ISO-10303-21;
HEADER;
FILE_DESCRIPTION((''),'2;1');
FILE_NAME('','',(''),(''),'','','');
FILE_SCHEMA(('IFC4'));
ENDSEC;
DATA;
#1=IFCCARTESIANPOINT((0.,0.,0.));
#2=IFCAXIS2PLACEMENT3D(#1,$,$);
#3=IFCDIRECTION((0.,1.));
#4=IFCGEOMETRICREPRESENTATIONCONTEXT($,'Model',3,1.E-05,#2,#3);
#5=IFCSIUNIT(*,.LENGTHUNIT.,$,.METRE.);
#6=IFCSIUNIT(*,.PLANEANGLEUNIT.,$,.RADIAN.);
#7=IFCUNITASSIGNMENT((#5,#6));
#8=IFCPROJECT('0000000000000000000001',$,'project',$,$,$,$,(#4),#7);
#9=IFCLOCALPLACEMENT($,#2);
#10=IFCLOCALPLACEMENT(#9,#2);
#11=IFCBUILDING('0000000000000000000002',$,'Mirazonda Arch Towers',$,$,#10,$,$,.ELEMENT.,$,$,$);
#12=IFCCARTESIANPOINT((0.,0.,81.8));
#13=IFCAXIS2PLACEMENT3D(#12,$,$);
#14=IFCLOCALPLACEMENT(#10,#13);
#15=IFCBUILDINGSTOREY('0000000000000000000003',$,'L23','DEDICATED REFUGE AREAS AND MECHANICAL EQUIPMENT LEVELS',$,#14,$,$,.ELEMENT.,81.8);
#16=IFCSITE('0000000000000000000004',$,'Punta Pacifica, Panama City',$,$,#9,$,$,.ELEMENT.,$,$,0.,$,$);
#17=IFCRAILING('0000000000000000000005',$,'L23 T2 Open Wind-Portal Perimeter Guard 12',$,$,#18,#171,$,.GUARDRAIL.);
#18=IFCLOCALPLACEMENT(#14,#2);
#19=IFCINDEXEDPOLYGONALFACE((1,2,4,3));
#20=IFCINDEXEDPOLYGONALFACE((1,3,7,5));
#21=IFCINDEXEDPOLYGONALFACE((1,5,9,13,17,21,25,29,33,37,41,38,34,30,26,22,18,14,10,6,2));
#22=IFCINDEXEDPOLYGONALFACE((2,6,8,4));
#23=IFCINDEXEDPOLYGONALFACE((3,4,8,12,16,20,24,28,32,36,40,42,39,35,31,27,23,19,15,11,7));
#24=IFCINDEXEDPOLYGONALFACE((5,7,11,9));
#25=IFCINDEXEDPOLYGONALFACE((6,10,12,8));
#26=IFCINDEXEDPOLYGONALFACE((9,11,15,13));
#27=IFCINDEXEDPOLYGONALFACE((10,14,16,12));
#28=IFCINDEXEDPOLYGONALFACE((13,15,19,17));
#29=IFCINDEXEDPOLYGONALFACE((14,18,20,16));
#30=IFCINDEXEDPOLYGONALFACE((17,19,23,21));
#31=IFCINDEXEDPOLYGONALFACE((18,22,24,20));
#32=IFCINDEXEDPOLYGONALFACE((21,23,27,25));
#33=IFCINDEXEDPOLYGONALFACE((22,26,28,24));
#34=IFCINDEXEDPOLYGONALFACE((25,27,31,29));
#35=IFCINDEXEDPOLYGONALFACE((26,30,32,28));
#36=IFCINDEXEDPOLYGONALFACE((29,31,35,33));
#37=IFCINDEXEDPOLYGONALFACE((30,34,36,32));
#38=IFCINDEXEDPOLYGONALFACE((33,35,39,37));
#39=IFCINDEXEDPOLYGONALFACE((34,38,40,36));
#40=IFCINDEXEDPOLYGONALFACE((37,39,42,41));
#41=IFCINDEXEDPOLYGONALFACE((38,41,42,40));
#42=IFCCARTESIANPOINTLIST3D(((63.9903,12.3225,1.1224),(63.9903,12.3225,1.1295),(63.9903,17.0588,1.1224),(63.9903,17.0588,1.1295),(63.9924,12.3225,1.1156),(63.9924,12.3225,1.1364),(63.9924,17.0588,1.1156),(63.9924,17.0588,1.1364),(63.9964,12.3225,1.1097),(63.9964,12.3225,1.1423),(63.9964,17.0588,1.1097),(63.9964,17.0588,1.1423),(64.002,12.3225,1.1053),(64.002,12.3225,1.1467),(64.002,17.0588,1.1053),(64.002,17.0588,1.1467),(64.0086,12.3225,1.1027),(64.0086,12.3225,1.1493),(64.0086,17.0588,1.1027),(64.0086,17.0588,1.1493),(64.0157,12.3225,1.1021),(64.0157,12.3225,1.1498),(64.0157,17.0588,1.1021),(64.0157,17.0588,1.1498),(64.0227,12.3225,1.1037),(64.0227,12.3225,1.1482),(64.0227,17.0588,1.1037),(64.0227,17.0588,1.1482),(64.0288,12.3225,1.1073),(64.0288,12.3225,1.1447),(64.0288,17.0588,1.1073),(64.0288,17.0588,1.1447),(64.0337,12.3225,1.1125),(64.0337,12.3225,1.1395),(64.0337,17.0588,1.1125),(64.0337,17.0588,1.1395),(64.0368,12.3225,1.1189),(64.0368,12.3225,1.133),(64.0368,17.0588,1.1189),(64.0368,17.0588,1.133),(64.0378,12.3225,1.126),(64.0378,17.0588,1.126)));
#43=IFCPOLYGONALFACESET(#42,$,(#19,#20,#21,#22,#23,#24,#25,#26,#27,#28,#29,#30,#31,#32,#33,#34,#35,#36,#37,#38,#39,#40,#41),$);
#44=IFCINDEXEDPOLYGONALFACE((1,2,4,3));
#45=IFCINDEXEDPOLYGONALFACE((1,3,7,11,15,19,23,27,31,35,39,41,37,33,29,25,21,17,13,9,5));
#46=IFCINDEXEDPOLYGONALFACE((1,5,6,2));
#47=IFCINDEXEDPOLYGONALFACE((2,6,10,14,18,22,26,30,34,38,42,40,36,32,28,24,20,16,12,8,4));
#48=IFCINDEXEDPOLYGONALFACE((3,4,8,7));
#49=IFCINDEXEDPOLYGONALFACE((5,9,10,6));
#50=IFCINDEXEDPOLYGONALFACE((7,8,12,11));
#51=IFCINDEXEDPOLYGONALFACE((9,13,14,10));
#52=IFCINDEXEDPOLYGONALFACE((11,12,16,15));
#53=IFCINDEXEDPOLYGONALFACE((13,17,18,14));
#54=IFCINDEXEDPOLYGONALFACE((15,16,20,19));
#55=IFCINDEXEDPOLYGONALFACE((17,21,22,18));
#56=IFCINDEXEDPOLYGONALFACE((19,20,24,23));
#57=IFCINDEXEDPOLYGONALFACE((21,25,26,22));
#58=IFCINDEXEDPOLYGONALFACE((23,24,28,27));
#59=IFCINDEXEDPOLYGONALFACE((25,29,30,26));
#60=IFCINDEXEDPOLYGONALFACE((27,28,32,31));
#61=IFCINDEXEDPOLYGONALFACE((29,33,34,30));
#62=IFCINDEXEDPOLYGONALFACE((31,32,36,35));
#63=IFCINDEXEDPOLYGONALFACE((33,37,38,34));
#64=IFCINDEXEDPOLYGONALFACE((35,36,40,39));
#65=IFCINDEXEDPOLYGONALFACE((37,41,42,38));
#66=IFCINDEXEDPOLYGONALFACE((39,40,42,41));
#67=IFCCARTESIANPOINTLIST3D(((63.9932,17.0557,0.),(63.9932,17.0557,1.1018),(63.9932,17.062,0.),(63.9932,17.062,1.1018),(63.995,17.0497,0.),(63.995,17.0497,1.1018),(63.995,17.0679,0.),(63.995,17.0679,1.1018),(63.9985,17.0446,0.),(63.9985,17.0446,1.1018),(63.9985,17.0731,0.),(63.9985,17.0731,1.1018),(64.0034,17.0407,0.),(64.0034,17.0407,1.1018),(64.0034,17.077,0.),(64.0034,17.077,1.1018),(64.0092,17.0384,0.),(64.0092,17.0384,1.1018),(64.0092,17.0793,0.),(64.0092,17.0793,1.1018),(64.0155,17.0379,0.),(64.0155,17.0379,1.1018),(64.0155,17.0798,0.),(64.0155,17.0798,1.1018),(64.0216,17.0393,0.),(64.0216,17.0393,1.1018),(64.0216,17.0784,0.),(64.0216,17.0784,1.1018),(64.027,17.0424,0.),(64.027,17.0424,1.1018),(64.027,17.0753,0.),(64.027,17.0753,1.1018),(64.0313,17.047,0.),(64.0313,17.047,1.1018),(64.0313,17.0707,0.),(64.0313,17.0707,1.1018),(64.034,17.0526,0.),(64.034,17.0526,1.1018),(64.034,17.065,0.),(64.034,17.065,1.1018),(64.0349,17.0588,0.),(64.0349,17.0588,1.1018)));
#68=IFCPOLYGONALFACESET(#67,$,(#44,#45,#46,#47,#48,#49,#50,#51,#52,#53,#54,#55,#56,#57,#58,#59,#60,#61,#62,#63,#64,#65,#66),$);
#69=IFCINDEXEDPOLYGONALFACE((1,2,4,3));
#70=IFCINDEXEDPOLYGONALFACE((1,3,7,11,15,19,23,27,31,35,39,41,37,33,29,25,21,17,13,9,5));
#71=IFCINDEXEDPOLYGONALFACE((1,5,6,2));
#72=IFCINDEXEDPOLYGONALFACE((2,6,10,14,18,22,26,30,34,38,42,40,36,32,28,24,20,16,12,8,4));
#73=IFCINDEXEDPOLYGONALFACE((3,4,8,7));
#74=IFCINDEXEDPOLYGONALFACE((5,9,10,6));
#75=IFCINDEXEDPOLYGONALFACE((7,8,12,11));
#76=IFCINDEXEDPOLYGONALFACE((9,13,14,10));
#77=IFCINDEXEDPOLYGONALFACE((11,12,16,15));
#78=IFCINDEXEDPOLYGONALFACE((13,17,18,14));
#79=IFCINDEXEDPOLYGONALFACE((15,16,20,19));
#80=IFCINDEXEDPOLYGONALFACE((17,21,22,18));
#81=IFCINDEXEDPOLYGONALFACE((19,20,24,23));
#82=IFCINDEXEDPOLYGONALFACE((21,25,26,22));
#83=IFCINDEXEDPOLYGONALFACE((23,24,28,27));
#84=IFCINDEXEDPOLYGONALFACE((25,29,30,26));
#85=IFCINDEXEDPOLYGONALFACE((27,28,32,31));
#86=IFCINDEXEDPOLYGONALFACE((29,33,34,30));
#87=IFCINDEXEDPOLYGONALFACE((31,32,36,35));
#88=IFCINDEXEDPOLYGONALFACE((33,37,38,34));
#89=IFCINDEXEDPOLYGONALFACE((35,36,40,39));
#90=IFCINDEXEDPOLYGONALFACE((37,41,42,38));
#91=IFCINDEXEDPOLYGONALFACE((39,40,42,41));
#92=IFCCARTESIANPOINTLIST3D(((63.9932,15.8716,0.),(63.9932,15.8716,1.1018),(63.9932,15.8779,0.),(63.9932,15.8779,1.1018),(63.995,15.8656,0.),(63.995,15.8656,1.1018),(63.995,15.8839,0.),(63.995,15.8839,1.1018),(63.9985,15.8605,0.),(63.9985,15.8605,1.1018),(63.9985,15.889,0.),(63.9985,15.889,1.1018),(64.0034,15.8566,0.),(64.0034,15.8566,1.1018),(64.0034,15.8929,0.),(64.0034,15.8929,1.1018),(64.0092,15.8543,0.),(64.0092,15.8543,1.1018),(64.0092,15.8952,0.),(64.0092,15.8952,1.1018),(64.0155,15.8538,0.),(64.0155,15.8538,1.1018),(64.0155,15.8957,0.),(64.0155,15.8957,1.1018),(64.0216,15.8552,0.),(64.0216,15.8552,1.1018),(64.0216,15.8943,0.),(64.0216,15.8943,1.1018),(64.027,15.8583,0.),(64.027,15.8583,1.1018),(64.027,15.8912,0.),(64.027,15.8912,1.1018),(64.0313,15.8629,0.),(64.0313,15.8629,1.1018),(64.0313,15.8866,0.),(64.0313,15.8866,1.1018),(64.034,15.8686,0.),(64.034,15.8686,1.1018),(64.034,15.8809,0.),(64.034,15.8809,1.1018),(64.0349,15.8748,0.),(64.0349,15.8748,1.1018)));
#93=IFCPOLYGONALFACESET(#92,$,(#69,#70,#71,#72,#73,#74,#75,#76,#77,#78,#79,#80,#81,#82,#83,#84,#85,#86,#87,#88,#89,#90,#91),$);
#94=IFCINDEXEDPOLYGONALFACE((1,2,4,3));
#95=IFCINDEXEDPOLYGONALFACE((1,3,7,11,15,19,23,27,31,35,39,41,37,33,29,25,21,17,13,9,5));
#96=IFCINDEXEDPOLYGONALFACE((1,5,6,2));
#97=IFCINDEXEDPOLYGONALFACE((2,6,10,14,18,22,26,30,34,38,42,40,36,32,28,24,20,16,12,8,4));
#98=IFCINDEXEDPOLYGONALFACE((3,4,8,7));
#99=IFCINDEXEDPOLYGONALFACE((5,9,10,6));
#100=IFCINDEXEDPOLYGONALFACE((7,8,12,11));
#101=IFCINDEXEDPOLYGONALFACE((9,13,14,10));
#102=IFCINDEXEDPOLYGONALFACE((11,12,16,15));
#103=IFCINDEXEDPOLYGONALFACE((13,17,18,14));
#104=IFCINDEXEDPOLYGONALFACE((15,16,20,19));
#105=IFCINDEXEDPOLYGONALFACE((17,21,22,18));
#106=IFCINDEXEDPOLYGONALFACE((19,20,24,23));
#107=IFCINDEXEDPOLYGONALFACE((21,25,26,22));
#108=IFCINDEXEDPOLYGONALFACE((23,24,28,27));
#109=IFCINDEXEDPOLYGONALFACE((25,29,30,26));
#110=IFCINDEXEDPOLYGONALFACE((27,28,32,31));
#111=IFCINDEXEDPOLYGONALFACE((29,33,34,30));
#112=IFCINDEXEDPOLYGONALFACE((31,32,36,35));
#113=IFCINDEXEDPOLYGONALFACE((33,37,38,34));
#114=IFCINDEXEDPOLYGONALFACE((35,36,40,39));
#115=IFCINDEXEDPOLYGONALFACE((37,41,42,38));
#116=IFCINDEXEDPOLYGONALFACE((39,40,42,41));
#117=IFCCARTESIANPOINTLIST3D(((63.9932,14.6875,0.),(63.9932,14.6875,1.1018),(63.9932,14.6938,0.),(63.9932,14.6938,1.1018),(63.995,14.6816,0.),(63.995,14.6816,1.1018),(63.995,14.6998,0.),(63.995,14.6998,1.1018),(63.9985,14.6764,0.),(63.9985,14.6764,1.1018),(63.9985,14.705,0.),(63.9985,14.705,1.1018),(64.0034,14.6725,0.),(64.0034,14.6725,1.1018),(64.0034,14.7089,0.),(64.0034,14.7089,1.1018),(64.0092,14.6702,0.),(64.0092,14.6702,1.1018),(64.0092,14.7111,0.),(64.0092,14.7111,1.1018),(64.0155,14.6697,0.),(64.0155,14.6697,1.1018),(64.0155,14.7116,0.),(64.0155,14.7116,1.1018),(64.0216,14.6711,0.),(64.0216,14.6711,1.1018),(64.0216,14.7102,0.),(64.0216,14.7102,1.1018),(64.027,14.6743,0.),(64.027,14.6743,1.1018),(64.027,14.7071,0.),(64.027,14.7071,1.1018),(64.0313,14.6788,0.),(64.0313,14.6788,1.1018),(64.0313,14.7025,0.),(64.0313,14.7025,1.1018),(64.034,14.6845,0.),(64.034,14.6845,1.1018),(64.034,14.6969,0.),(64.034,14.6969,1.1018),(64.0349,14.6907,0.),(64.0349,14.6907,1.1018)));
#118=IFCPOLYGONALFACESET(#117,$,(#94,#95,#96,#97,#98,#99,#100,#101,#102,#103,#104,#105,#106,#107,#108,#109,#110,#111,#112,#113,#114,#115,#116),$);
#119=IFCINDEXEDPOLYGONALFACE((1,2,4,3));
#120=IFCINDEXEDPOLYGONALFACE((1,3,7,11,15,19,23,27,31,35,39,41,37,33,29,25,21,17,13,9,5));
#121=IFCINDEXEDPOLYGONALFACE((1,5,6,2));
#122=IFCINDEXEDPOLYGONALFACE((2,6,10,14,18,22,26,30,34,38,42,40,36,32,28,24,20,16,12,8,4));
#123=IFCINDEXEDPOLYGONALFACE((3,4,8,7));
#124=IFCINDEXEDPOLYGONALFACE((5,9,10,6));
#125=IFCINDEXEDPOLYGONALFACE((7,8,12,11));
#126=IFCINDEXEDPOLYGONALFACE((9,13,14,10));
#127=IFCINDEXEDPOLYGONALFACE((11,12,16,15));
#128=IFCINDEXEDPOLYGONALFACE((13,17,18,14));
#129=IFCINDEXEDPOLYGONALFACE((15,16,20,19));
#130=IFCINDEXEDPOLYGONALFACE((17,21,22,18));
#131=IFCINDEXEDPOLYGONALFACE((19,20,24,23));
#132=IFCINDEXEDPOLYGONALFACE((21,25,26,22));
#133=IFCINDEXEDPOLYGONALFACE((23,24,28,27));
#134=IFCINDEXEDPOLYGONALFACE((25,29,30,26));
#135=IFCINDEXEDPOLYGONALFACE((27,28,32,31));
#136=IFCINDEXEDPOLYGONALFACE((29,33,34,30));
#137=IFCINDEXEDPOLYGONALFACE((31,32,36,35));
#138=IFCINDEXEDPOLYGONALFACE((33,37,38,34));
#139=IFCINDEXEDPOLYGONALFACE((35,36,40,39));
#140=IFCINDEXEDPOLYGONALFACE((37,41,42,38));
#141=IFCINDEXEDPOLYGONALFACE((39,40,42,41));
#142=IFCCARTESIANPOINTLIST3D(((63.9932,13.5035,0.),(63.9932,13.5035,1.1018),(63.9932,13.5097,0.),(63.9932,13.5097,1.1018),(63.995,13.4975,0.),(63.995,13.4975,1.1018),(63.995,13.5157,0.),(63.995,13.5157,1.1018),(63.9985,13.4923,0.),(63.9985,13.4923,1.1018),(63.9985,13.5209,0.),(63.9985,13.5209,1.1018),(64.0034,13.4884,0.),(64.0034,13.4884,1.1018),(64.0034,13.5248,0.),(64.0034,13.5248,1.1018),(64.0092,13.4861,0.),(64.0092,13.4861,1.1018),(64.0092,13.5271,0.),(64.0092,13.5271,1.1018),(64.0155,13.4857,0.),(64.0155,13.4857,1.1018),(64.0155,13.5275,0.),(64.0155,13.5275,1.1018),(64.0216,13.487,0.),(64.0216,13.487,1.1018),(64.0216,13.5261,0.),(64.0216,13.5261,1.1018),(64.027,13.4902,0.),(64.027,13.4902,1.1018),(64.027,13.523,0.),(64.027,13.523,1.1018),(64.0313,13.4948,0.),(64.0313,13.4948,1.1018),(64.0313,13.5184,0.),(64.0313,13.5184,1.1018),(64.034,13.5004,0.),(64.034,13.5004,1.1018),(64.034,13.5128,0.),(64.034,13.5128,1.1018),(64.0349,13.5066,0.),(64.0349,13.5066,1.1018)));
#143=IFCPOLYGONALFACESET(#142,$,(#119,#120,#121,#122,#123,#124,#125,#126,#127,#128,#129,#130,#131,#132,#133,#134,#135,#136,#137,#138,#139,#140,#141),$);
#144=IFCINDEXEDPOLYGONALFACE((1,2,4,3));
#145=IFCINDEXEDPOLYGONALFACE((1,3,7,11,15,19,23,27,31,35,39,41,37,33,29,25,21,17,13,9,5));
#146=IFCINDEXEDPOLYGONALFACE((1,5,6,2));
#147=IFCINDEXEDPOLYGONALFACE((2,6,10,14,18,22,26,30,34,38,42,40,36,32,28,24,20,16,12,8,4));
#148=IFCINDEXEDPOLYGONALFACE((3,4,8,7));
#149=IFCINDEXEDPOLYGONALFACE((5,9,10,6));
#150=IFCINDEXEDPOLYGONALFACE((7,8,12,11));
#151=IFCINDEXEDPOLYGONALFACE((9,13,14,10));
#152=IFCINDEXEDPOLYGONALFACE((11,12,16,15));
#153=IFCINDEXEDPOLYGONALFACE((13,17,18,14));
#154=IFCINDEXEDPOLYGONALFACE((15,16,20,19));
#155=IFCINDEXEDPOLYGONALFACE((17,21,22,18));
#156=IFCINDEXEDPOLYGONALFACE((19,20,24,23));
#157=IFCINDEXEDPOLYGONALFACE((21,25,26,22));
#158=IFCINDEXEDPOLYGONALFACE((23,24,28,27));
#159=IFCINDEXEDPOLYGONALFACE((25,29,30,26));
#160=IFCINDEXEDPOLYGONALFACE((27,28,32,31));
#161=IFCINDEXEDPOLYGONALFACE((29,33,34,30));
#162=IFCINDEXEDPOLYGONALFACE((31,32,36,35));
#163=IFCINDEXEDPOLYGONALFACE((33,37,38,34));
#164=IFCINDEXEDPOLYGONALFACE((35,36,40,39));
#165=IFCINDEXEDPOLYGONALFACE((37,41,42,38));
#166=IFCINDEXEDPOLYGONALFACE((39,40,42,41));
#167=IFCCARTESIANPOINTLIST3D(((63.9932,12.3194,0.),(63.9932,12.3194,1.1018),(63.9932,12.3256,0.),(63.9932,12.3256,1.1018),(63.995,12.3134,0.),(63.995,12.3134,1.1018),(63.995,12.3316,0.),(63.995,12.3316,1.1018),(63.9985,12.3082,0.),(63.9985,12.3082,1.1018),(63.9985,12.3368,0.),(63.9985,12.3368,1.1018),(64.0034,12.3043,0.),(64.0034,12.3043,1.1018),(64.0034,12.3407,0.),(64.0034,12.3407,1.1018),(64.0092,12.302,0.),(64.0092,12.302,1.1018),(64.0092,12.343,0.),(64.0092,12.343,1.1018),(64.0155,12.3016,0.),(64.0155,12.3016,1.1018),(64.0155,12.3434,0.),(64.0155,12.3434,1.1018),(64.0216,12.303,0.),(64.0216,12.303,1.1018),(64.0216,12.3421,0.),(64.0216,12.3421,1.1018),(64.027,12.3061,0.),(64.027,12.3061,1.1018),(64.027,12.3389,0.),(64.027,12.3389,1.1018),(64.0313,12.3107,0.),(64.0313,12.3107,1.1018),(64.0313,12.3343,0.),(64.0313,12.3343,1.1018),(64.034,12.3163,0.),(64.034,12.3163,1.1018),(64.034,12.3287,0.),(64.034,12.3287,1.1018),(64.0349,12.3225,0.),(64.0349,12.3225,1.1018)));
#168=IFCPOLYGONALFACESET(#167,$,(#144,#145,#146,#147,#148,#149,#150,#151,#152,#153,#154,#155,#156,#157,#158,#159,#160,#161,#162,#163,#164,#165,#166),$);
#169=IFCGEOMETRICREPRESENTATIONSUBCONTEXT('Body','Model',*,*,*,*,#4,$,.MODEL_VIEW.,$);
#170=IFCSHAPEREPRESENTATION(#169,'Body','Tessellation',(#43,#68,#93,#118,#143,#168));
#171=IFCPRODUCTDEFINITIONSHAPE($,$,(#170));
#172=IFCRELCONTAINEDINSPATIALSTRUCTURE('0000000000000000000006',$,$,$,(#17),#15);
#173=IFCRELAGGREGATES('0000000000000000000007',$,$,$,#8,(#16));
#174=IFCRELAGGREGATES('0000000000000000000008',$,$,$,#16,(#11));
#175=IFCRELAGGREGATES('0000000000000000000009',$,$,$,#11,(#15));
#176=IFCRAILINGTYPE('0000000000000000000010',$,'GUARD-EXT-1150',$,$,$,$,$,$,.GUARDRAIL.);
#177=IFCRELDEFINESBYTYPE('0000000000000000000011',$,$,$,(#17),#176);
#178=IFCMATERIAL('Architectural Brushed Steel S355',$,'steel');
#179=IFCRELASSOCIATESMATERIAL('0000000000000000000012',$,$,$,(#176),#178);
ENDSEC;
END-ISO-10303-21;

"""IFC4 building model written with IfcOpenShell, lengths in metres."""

from ifc_helpers import new_model, si_unit, direction, frame, origin, origin_2d, place, context, subcontext, project, spatial, circle, extrude, material, type_object, element, save


model = new_model("IFC4")

# Units and contexts
model_context = context("Model", 3, precision=1e-05, world=origin(), true_north=direction((0.0, 1.0)))
body_context = subcontext(model_context, "Body", "Model", "MODEL_VIEW")
ifc_project = project(units=[si_unit("LENGTHUNIT", "METRE"), si_unit("PLANEANGLEUNIT", "RADIAN")], contexts=[model_context])

# Site, building, storey
site_placement = place(None, origin())
site = spatial("IfcSite", under=ifc_project, at=site_placement, Name="Punta Pacifica, Panama City", CompositionType="ELEMENT", RefElevation=0.0)
building_placement = place(site_placement, origin())
building = spatial("IfcBuilding", under=site, at=building_placement, Name="Mirazonda Arch Towers", CompositionType="ELEMENT")
storey_placement = place(building_placement, frame((0.0, 0.0, 81.8)))
storey = spatial("IfcBuildingStorey", under=building, at=storey_placement, Name="L23", Description="DEDICATED REFUGE AREAS AND MECHANICAL EQUIPMENT LEVELS", CompositionType="ELEMENT", Elevation=81.8)

# Shared definitions
ifc_material_1 = material(Name="Architectural Brushed Steel S355", Category="steel")

# Railing
railing_type_1 = type_object("IfcRailingType", Name="GUARD-EXT-1150", PredefinedType="GUARDRAIL", material=ifc_material_1)
railing_1_placement = place(storey_placement, frame((64.0139, 17.0588, 0.0)))
element("IfcRailing", 1, at=railing_1_placement, inside=storey, type_object=railing_type_1, Name="L23 T2 Open Wind-Portal Perimeter Guard 12", PredefinedType="GUARDRAIL", context=body_context, shape_type="SweptSolid", body=[
    extrude(circle(Radius=0.0239, at=origin_2d()), frame((0.0, 0.0, 1.126), z_axis=(0.0, -1.0, 0.0), x_axis=(1.0, 0.0, 0.0)), (0.0, 0.0, 1.0), 4.7363),
    extrude(circle(Radius=0.021, at=origin_2d()), origin(), (0.0, 0.0, 1.0), 1.1018),
    extrude(circle(Radius=0.021, at=origin_2d()), frame((0.0, -1.1841, 0.0)), (0.0, 0.0, 1.0), 1.1018),
    extrude(circle(Radius=0.021, at=origin_2d()), frame((0.0, -2.3682, 0.0)), (0.0, 0.0, 1.0), 1.1018),
    extrude(circle(Radius=0.021, at=origin_2d()), frame((0.0, -3.5522, 0.0)), (0.0, 0.0, 1.0), 1.1018),
    extrude(circle(Radius=0.021, at=origin_2d()), frame((0.0, -4.7363, 0.0)), (0.0, 0.0, 1.0), 1.1018),
])

save(model, "model.ifc")
